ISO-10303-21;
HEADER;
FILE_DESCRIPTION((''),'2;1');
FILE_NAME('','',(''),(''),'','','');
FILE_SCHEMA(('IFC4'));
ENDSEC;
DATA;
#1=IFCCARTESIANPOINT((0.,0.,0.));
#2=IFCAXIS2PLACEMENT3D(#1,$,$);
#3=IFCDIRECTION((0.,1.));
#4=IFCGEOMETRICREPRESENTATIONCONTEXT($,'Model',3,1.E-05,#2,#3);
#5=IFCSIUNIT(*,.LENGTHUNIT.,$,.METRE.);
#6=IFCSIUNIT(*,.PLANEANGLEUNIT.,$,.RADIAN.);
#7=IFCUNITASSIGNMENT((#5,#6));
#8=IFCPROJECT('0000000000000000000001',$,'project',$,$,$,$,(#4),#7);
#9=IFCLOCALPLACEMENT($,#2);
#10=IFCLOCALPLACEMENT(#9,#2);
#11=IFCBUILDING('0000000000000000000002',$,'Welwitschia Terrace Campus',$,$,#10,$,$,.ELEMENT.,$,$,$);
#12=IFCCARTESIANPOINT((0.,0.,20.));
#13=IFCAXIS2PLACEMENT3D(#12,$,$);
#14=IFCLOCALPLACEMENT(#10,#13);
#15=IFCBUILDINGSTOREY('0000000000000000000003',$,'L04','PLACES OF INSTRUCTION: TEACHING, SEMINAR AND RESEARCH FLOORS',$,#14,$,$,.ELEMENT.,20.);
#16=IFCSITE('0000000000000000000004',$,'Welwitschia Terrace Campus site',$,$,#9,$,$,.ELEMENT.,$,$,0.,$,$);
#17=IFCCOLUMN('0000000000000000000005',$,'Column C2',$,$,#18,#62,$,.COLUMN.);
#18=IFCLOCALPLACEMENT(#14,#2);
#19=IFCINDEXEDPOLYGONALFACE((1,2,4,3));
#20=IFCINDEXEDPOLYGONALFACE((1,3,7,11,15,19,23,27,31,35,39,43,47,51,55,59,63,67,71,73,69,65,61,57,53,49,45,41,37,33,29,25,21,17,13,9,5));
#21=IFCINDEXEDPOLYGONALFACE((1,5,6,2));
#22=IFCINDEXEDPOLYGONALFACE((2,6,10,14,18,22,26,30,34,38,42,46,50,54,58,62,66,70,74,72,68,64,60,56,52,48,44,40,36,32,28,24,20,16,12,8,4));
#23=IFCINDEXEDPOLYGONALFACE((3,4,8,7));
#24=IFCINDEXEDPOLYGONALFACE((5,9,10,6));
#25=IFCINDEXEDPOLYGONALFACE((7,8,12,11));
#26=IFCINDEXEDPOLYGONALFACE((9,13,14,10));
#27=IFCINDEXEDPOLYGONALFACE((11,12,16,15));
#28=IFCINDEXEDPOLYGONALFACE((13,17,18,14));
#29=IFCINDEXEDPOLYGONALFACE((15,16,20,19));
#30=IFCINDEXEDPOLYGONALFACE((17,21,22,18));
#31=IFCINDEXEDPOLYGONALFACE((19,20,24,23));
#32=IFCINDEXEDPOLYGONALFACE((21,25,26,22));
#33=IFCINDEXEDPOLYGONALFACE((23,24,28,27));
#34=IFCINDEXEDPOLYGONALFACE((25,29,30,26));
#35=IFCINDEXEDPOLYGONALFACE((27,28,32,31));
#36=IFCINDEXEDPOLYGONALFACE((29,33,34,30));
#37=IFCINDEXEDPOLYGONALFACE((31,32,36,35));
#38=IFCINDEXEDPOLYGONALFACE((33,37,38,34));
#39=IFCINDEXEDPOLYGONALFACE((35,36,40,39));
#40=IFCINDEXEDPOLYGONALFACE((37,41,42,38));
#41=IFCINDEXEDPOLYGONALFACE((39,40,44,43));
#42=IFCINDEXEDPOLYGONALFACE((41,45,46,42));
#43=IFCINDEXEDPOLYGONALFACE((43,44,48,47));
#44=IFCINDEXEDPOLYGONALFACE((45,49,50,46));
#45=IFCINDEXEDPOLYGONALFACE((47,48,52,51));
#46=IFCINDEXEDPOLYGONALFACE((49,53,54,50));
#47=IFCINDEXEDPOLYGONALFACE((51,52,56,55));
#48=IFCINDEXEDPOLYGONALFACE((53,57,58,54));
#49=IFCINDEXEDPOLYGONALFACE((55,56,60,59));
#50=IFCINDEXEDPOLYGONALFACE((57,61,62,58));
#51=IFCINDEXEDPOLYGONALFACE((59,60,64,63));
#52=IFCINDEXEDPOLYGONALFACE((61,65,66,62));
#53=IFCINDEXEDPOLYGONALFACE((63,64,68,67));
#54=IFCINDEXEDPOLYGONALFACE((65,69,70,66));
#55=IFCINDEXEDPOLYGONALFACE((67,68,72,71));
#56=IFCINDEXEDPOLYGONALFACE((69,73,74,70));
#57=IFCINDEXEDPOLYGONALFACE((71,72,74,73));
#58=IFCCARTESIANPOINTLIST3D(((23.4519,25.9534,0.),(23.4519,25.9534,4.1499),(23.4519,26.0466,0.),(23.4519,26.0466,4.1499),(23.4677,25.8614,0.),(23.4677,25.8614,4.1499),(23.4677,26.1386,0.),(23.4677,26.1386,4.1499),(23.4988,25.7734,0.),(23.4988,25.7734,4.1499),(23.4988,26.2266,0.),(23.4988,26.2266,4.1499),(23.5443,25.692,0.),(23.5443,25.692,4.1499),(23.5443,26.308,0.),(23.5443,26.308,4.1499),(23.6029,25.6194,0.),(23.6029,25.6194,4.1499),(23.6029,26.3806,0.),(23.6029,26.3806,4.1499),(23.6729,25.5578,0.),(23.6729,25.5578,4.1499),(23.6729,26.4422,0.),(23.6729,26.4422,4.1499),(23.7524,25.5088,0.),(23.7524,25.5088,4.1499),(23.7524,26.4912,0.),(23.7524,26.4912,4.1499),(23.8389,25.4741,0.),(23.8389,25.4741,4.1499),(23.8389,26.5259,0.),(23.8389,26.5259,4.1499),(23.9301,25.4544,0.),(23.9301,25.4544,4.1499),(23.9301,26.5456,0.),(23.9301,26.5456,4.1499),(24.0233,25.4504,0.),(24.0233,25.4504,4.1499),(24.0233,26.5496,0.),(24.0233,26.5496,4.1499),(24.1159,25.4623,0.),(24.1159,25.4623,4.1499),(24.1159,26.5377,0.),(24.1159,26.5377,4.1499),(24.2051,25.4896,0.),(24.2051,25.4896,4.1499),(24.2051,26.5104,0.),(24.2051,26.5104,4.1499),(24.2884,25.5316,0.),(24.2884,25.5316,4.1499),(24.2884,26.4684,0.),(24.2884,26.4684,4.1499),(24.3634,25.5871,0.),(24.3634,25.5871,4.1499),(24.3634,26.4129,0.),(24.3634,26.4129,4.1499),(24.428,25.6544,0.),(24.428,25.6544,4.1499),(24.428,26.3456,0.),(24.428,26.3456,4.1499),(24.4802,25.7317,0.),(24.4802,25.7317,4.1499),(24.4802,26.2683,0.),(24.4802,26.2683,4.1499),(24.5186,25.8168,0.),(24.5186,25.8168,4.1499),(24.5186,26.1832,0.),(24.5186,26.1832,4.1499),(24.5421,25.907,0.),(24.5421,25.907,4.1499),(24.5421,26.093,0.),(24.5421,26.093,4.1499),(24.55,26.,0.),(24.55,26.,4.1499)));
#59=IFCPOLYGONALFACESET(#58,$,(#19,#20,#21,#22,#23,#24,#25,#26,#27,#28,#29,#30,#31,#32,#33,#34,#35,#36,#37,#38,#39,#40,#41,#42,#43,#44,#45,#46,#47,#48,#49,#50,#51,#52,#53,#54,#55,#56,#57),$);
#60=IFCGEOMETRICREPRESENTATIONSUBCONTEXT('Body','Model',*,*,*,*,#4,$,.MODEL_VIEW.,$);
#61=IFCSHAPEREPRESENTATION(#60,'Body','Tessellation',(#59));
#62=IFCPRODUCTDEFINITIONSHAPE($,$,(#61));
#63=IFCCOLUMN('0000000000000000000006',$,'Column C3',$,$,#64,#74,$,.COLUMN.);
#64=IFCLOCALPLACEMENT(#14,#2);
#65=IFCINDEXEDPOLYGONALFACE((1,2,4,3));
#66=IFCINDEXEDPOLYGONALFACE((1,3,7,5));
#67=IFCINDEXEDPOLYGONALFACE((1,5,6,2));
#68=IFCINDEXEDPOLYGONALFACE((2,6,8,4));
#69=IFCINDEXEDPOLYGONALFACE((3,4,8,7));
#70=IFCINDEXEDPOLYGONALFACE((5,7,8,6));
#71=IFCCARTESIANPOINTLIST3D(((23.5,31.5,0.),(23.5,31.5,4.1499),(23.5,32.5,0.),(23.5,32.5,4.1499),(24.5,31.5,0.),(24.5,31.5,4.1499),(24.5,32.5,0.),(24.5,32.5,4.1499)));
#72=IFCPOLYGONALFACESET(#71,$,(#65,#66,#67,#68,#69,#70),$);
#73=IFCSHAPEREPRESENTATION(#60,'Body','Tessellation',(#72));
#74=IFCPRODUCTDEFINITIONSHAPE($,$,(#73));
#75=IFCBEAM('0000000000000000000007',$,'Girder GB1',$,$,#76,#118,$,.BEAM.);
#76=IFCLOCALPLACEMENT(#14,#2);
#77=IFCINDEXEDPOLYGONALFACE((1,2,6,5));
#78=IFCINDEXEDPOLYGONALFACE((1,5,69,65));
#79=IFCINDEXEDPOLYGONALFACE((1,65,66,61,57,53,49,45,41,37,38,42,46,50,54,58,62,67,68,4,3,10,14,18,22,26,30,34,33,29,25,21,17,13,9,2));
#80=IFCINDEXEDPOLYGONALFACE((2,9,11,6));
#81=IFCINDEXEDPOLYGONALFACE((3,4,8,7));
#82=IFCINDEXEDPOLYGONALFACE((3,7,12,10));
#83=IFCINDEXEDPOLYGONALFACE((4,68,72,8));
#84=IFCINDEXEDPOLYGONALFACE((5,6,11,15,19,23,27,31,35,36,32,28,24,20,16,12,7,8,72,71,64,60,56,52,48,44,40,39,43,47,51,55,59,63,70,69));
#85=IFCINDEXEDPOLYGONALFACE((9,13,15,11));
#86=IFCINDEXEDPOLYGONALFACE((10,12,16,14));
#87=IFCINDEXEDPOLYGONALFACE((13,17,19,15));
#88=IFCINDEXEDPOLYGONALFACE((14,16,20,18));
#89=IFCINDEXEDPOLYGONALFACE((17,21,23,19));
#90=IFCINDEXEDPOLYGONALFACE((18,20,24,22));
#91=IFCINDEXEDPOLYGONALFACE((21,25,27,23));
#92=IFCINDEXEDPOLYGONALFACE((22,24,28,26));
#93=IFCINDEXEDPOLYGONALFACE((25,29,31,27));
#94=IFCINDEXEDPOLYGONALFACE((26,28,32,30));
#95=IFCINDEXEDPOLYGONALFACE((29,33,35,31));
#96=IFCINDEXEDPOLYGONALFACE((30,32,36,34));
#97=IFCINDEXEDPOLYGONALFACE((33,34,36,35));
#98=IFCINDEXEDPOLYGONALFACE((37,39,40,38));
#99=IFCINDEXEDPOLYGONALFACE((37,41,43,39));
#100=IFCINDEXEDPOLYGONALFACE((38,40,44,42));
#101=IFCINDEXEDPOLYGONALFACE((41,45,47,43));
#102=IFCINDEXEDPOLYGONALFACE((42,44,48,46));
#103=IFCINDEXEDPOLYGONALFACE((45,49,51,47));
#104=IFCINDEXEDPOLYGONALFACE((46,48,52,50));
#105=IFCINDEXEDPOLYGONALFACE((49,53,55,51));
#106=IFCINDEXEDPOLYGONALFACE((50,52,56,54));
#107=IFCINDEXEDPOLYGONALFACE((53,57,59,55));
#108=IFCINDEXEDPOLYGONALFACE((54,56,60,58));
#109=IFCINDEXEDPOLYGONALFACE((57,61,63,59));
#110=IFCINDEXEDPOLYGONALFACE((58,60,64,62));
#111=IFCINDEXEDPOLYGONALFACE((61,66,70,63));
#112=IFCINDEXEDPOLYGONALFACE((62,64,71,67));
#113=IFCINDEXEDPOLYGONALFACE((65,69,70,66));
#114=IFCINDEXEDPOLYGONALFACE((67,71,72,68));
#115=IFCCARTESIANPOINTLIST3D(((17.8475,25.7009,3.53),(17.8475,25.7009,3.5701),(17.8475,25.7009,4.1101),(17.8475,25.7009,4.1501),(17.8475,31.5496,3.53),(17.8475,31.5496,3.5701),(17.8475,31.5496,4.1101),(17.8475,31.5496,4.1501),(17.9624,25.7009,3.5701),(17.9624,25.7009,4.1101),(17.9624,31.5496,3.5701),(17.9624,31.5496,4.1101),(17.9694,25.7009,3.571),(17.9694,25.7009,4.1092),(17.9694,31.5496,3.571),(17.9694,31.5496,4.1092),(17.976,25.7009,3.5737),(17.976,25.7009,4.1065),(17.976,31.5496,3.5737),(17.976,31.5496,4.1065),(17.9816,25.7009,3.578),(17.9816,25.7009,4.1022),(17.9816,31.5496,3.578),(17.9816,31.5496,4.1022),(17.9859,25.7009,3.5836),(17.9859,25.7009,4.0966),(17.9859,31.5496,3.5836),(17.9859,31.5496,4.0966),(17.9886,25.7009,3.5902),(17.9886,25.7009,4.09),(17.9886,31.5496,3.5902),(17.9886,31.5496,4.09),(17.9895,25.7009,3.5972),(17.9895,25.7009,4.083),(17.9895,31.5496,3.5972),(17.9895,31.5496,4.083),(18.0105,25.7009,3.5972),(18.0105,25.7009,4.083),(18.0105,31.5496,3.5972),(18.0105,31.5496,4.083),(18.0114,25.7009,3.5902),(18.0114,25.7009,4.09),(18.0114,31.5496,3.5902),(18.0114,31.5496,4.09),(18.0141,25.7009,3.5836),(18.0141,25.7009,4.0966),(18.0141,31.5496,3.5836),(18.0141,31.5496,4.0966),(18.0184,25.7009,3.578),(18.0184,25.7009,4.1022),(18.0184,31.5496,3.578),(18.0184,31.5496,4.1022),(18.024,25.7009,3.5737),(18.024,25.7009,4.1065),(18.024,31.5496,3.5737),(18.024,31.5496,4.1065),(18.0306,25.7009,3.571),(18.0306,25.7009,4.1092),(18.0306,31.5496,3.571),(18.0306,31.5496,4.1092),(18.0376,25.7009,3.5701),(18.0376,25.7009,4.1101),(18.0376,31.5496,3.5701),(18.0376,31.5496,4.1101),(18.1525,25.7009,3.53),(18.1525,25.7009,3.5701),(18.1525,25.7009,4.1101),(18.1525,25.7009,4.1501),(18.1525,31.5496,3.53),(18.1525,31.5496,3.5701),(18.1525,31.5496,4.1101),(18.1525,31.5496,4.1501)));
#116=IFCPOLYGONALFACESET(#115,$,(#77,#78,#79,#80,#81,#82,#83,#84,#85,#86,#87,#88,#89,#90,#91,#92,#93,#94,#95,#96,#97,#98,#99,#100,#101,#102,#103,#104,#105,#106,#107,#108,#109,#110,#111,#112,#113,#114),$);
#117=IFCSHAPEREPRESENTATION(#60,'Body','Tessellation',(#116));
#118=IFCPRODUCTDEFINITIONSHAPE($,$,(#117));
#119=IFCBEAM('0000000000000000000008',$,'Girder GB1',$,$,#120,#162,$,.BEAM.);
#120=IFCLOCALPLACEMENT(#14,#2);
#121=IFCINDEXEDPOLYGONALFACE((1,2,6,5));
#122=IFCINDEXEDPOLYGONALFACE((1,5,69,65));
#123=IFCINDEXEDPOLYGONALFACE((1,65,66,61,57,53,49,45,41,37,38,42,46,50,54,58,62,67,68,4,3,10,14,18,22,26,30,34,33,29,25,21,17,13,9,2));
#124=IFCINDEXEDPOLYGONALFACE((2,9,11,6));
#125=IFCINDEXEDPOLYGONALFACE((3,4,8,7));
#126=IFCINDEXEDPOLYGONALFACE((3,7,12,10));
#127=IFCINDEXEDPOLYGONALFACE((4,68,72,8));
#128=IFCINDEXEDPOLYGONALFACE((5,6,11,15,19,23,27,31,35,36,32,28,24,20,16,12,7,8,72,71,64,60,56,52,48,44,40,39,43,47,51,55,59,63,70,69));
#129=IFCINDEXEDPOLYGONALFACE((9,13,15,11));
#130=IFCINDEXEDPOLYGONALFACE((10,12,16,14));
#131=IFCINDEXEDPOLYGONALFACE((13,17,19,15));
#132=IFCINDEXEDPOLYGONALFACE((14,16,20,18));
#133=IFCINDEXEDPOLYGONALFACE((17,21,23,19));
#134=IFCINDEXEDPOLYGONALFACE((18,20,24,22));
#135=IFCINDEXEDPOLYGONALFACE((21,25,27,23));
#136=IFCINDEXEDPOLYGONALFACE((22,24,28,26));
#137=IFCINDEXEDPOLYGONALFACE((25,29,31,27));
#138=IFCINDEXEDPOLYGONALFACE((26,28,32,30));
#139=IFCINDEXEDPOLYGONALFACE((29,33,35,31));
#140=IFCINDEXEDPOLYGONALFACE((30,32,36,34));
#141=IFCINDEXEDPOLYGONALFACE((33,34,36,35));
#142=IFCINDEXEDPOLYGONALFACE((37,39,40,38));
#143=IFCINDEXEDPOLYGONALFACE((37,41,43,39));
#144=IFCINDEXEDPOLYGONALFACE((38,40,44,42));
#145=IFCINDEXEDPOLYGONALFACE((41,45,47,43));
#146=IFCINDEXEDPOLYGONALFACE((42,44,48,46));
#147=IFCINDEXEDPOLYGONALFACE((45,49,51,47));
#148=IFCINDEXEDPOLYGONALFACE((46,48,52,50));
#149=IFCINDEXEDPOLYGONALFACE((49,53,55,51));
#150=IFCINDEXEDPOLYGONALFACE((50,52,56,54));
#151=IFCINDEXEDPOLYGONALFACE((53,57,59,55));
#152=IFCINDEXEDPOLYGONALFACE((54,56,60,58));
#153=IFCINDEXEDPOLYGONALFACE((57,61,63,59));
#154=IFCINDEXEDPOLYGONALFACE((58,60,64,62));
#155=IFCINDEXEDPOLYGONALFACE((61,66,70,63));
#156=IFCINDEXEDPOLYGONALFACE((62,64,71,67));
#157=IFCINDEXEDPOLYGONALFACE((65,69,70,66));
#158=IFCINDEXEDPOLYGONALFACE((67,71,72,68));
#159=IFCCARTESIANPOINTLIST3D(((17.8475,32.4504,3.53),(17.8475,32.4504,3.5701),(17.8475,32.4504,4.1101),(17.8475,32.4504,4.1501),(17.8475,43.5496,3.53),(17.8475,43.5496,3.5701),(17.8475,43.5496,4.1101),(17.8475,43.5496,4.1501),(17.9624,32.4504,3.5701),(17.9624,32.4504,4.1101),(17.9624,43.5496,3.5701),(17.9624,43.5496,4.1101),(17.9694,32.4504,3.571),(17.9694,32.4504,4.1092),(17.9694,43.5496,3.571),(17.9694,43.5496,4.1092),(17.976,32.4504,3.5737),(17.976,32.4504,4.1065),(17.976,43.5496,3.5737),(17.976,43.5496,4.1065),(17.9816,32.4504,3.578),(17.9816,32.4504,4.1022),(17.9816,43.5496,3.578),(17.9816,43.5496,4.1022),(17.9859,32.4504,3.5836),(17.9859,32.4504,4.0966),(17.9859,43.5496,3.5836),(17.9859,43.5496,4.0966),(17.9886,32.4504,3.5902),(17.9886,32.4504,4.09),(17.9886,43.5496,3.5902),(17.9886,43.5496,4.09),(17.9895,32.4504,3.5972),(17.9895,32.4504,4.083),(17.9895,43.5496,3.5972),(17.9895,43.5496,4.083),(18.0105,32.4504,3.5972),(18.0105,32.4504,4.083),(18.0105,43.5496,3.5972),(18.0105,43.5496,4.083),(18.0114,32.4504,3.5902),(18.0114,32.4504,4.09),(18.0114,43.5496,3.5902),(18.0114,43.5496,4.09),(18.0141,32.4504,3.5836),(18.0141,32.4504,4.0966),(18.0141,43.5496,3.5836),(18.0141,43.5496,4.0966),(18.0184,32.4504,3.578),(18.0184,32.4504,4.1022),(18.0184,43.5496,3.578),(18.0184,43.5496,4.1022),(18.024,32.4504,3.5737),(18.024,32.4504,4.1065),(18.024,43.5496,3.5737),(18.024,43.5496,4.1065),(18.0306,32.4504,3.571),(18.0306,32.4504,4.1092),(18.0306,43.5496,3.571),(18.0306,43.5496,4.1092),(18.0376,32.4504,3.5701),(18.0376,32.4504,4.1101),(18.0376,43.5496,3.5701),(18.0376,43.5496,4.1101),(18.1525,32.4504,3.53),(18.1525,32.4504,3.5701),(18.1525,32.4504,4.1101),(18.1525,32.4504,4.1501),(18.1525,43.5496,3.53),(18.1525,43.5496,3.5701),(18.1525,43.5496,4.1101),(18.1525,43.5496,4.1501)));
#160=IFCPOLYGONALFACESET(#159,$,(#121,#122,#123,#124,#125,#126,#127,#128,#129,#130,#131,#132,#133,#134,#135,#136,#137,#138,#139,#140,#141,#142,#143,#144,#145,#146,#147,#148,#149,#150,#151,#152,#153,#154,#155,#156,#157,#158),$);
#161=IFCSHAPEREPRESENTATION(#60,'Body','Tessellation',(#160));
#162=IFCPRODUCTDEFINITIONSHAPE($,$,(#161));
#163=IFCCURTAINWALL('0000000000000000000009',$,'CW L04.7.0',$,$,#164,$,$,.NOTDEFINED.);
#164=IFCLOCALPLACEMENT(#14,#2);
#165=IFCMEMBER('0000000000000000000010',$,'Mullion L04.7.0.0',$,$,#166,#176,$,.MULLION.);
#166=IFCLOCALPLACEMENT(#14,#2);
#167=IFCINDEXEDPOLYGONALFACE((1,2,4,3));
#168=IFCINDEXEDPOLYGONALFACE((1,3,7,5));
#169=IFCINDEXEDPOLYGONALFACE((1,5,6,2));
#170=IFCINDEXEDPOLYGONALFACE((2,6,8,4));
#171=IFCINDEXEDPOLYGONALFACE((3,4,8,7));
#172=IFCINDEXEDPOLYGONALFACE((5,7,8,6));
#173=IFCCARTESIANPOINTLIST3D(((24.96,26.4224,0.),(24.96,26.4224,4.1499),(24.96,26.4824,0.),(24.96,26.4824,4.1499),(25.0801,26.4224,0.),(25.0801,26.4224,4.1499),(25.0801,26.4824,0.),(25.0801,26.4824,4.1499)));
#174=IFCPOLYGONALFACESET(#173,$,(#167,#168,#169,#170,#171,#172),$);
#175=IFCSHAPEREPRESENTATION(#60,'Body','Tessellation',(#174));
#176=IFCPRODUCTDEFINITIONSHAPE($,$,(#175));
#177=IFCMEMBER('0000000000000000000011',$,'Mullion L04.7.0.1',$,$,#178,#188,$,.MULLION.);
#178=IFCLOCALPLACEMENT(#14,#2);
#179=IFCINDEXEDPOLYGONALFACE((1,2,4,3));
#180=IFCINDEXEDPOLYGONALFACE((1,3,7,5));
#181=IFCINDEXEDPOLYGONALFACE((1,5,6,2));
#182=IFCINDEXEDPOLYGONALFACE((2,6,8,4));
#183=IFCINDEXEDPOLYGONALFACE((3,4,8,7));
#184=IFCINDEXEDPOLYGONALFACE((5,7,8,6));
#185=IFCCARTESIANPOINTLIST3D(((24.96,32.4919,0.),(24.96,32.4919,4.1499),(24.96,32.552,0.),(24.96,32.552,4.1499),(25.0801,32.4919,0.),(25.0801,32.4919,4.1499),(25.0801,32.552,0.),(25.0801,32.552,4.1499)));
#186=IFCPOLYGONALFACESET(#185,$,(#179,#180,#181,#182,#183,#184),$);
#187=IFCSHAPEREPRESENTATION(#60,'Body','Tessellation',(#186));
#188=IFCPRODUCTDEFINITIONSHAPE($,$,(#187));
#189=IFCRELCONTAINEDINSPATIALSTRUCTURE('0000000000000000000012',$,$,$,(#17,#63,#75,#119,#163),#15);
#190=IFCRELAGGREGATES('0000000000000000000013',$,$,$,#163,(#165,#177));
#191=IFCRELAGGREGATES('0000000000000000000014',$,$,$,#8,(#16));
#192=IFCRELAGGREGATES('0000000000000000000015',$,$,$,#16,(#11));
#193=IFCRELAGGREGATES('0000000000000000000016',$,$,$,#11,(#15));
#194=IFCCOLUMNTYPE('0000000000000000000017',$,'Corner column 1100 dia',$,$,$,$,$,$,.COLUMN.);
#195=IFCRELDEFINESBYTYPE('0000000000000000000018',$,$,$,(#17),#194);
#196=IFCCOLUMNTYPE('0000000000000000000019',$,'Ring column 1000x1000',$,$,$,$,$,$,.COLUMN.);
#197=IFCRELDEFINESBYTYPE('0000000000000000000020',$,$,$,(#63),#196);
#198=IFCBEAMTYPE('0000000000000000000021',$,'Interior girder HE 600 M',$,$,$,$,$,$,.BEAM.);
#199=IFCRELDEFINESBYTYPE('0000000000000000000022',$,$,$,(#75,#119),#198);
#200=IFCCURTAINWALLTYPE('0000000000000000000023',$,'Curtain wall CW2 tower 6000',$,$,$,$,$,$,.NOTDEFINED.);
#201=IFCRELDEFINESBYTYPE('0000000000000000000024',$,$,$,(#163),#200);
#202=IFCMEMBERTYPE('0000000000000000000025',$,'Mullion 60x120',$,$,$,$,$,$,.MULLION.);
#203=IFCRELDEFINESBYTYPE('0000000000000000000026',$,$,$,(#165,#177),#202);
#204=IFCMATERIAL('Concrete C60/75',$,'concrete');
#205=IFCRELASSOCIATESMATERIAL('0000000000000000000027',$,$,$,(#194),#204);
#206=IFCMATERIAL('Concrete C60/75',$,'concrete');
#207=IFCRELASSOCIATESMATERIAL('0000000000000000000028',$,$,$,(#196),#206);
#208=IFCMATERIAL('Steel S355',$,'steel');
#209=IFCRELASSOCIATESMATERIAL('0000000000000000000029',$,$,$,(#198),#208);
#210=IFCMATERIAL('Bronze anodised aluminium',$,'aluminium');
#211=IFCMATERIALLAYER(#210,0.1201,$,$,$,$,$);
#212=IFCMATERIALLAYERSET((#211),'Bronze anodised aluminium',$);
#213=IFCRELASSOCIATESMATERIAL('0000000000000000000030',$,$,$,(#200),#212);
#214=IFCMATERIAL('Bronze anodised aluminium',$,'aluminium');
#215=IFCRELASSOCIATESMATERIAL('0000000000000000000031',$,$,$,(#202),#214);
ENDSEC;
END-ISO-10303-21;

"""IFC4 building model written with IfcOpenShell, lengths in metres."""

from ifc_helpers import new_model, si_unit, direction, frame, origin, origin_2d, place, context, subcontext, project, spatial, rectangle, circle, i_section, extrude, material, layer, layer_set, material_profile, profile_set, type_object, element, aggregate, save


model = new_model("IFC4")

# Units and contexts
model_context = context("Model", 3, precision=1e-05, world=origin(), true_north=direction((0.0, 1.0)))
body_context = subcontext(model_context, "Body", "Model", "MODEL_VIEW")
ifc_project = project(units=[si_unit("LENGTHUNIT", "METRE"), si_unit("PLANEANGLEUNIT", "RADIAN")], contexts=[model_context])

# Site, building, storey
site_placement = place(None, origin())
site = spatial("IfcSite", under=ifc_project, at=site_placement, Name="Welwitschia Terrace Campus site", CompositionType="ELEMENT", RefElevation=0.0)
building_placement = place(site_placement, origin())
building = spatial("IfcBuilding", under=site, at=building_placement, Name="Welwitschia Terrace Campus", CompositionType="ELEMENT")
storey_placement = place(building_placement, frame((0.0, 0.0, 20.0)))
storey = spatial("IfcBuildingStorey", under=building, at=storey_placement, Name="L04", Description="PLACES OF INSTRUCTION: TEACHING, SEMINAR AND RESEARCH FLOORS", CompositionType="ELEMENT", Elevation=20.0)

# Columns
ifc_material_1 = material(Name="Concrete C60/75", Category="concrete")
ifc_material_profile_1 = material_profile(ifc_material_1, circle(Radius=0.55, at=origin_2d()))
ifc_profile_set_1 = profile_set([ifc_material_profile_1], Name="Concrete C60/75")
column_type_1 = type_object("IfcColumnType", Name="Corner column 1100 dia", PredefinedType="COLUMN", material=ifc_profile_set_1)
column_1_placement = place(storey_placement, frame((24.0, 26.0, 0.0), z_axis=(0.0, 0.0, 1.0), x_axis=(1.0, 0.0, 0.0)))
element("IfcColumn", 1, at=column_1_placement, inside=storey, type_object=column_type_1, Name="Column C2", PredefinedType="COLUMN", context=body_context, shape_type="SweptSolid", body=[
    extrude(circle(Radius=0.55, at=origin_2d()), origin(), (0.0, 0.0, 1.0), 4.1499),
])
ifc_material_2 = material(Name="Concrete C60/75", Category="concrete")
ifc_material_profile_2 = material_profile(ifc_material_2, rectangle(XDim=1.0, YDim=1.0, at=origin_2d()))
ifc_profile_set_2 = profile_set([ifc_material_profile_2], Name="Concrete C60/75")
column_type_2 = type_object("IfcColumnType", Name="Ring column 1000x1000", PredefinedType="COLUMN", material=ifc_profile_set_2)
column_2_placement = place(storey_placement, frame((24.0, 32.0, 0.0), z_axis=(0.0, 0.0, 1.0), x_axis=(1.0, 0.0, 0.0)))
element("IfcColumn", 2, at=column_2_placement, inside=storey, type_object=column_type_2, Name="Column C3", PredefinedType="COLUMN", context=body_context, shape_type="SweptSolid", body=[
    extrude(rectangle(XDim=1.0, YDim=1.0, at=origin_2d()), origin(), (0.0, 0.0, 1.0), 4.1499),
])

# Beams
ifc_material_3 = material(Name="Steel S355", Category="steel")
ifc_material_profile_3 = material_profile(ifc_material_3, i_section(OverallWidth=0.3049, OverallDepth=0.6201, WebThickness=0.021, FlangeThickness=0.04, FilletRadius=0.0271, at=origin_2d()))
ifc_profile_set_3 = profile_set([ifc_material_profile_3], Name="Steel S355")
beam_type_1 = type_object("IfcBeamType", Name="Interior girder HE 600 M", PredefinedType="BEAM", material=ifc_profile_set_3)
beam_1_placement = place(storey_placement, frame((18.0, 25.7009, 3.8401), z_axis=(0.0, 1.0, 0.0), x_axis=(-1.0, 0.0, 0.0)))
element("IfcBeam", 3, at=beam_1_placement, inside=storey, type_object=beam_type_1, Name="Girder GB1", PredefinedType="BEAM", context=body_context, shape_type="SweptSolid", body=[
    extrude(i_section(OverallWidth=0.3049, OverallDepth=0.6201, WebThickness=0.021, FlangeThickness=0.04, FilletRadius=0.0271, at=origin_2d()), origin(), (0.0, 0.0, 1.0), 5.8486),
])
beam_2_placement = place(storey_placement, frame((18.0, 32.4504, 3.8401), z_axis=(0.0, 1.0, 0.0), x_axis=(-1.0, 0.0, 0.0)))
element("IfcBeam", 4, at=beam_2_placement, inside=storey, type_object=beam_type_1, Name="Girder GB1", PredefinedType="BEAM", context=body_context, shape_type="SweptSolid", body=[
    extrude(i_section(OverallWidth=0.3049, OverallDepth=0.6201, WebThickness=0.021, FlangeThickness=0.04, FilletRadius=0.0271, at=origin_2d()), origin(), (0.0, 0.0, 1.0), 11.0991),
])

# Curtain wall, members
ifc_material_4 = material(Name="Bronze anodised aluminium", Category="aluminium")
ifc_layer_1 = layer(ifc_material_4, 0.1201)
ifc_layer_set_1 = layer_set([ifc_layer_1], Name="Bronze anodised aluminium")
curtain_wall_type = type_object("IfcCurtainWallType", Name="Curtain wall CW2 tower 6000", PredefinedType="NOTDEFINED", material=ifc_layer_set_1)
curtain_wall_placement = place(storey_placement, origin())
curtain_wall = element("IfcCurtainWall", 5, at=curtain_wall_placement, inside=storey, type_object=curtain_wall_type, Name="CW L04.7.0", PredefinedType="NOTDEFINED")
ifc_material_5 = material(Name="Bronze anodised aluminium", Category="aluminium")
ifc_material_profile_4 = material_profile(ifc_material_5, rectangle(XDim=0.1201, YDim=0.0601, at=origin_2d()))
ifc_profile_set_4 = profile_set([ifc_material_profile_4], Name="Bronze anodised aluminium")
member_type_1 = type_object("IfcMemberType", Name="Mullion 60x120", PredefinedType="MULLION", material=ifc_profile_set_4)
member_1_placement = place(storey_placement, frame((25.02, 26.4524, 0.0), z_axis=(0.0, 0.0, 1.0), x_axis=(-1.0, 0.0, 0.0)))
member_1 = element("IfcMember", 6, at=member_1_placement, type_object=member_type_1, Name="Mullion L04.7.0.0", PredefinedType="MULLION", context=body_context, shape_type="SweptSolid", body=[
    extrude(rectangle(XDim=0.1201, YDim=0.0601, at=origin_2d()), origin(), (0.0, 0.0, 1.0), 4.1499),
])
member_2_placement = place(storey_placement, frame((25.02, 32.522, 0.0), z_axis=(0.0, 0.0, 1.0), x_axis=(-1.0, 0.0, 0.0)))
member_2 = element("IfcMember", 7, at=member_2_placement, type_object=member_type_1, Name="Mullion L04.7.0.1", PredefinedType="MULLION", context=body_context, shape_type="SweptSolid", body=[
    extrude(rectangle(XDim=0.1201, YDim=0.0601, at=origin_2d()), origin(), (0.0, 0.0, 1.0), 4.1499),
])

aggregate(curtain_wall, [member_1, member_2])

save(model, "model.ifc")
